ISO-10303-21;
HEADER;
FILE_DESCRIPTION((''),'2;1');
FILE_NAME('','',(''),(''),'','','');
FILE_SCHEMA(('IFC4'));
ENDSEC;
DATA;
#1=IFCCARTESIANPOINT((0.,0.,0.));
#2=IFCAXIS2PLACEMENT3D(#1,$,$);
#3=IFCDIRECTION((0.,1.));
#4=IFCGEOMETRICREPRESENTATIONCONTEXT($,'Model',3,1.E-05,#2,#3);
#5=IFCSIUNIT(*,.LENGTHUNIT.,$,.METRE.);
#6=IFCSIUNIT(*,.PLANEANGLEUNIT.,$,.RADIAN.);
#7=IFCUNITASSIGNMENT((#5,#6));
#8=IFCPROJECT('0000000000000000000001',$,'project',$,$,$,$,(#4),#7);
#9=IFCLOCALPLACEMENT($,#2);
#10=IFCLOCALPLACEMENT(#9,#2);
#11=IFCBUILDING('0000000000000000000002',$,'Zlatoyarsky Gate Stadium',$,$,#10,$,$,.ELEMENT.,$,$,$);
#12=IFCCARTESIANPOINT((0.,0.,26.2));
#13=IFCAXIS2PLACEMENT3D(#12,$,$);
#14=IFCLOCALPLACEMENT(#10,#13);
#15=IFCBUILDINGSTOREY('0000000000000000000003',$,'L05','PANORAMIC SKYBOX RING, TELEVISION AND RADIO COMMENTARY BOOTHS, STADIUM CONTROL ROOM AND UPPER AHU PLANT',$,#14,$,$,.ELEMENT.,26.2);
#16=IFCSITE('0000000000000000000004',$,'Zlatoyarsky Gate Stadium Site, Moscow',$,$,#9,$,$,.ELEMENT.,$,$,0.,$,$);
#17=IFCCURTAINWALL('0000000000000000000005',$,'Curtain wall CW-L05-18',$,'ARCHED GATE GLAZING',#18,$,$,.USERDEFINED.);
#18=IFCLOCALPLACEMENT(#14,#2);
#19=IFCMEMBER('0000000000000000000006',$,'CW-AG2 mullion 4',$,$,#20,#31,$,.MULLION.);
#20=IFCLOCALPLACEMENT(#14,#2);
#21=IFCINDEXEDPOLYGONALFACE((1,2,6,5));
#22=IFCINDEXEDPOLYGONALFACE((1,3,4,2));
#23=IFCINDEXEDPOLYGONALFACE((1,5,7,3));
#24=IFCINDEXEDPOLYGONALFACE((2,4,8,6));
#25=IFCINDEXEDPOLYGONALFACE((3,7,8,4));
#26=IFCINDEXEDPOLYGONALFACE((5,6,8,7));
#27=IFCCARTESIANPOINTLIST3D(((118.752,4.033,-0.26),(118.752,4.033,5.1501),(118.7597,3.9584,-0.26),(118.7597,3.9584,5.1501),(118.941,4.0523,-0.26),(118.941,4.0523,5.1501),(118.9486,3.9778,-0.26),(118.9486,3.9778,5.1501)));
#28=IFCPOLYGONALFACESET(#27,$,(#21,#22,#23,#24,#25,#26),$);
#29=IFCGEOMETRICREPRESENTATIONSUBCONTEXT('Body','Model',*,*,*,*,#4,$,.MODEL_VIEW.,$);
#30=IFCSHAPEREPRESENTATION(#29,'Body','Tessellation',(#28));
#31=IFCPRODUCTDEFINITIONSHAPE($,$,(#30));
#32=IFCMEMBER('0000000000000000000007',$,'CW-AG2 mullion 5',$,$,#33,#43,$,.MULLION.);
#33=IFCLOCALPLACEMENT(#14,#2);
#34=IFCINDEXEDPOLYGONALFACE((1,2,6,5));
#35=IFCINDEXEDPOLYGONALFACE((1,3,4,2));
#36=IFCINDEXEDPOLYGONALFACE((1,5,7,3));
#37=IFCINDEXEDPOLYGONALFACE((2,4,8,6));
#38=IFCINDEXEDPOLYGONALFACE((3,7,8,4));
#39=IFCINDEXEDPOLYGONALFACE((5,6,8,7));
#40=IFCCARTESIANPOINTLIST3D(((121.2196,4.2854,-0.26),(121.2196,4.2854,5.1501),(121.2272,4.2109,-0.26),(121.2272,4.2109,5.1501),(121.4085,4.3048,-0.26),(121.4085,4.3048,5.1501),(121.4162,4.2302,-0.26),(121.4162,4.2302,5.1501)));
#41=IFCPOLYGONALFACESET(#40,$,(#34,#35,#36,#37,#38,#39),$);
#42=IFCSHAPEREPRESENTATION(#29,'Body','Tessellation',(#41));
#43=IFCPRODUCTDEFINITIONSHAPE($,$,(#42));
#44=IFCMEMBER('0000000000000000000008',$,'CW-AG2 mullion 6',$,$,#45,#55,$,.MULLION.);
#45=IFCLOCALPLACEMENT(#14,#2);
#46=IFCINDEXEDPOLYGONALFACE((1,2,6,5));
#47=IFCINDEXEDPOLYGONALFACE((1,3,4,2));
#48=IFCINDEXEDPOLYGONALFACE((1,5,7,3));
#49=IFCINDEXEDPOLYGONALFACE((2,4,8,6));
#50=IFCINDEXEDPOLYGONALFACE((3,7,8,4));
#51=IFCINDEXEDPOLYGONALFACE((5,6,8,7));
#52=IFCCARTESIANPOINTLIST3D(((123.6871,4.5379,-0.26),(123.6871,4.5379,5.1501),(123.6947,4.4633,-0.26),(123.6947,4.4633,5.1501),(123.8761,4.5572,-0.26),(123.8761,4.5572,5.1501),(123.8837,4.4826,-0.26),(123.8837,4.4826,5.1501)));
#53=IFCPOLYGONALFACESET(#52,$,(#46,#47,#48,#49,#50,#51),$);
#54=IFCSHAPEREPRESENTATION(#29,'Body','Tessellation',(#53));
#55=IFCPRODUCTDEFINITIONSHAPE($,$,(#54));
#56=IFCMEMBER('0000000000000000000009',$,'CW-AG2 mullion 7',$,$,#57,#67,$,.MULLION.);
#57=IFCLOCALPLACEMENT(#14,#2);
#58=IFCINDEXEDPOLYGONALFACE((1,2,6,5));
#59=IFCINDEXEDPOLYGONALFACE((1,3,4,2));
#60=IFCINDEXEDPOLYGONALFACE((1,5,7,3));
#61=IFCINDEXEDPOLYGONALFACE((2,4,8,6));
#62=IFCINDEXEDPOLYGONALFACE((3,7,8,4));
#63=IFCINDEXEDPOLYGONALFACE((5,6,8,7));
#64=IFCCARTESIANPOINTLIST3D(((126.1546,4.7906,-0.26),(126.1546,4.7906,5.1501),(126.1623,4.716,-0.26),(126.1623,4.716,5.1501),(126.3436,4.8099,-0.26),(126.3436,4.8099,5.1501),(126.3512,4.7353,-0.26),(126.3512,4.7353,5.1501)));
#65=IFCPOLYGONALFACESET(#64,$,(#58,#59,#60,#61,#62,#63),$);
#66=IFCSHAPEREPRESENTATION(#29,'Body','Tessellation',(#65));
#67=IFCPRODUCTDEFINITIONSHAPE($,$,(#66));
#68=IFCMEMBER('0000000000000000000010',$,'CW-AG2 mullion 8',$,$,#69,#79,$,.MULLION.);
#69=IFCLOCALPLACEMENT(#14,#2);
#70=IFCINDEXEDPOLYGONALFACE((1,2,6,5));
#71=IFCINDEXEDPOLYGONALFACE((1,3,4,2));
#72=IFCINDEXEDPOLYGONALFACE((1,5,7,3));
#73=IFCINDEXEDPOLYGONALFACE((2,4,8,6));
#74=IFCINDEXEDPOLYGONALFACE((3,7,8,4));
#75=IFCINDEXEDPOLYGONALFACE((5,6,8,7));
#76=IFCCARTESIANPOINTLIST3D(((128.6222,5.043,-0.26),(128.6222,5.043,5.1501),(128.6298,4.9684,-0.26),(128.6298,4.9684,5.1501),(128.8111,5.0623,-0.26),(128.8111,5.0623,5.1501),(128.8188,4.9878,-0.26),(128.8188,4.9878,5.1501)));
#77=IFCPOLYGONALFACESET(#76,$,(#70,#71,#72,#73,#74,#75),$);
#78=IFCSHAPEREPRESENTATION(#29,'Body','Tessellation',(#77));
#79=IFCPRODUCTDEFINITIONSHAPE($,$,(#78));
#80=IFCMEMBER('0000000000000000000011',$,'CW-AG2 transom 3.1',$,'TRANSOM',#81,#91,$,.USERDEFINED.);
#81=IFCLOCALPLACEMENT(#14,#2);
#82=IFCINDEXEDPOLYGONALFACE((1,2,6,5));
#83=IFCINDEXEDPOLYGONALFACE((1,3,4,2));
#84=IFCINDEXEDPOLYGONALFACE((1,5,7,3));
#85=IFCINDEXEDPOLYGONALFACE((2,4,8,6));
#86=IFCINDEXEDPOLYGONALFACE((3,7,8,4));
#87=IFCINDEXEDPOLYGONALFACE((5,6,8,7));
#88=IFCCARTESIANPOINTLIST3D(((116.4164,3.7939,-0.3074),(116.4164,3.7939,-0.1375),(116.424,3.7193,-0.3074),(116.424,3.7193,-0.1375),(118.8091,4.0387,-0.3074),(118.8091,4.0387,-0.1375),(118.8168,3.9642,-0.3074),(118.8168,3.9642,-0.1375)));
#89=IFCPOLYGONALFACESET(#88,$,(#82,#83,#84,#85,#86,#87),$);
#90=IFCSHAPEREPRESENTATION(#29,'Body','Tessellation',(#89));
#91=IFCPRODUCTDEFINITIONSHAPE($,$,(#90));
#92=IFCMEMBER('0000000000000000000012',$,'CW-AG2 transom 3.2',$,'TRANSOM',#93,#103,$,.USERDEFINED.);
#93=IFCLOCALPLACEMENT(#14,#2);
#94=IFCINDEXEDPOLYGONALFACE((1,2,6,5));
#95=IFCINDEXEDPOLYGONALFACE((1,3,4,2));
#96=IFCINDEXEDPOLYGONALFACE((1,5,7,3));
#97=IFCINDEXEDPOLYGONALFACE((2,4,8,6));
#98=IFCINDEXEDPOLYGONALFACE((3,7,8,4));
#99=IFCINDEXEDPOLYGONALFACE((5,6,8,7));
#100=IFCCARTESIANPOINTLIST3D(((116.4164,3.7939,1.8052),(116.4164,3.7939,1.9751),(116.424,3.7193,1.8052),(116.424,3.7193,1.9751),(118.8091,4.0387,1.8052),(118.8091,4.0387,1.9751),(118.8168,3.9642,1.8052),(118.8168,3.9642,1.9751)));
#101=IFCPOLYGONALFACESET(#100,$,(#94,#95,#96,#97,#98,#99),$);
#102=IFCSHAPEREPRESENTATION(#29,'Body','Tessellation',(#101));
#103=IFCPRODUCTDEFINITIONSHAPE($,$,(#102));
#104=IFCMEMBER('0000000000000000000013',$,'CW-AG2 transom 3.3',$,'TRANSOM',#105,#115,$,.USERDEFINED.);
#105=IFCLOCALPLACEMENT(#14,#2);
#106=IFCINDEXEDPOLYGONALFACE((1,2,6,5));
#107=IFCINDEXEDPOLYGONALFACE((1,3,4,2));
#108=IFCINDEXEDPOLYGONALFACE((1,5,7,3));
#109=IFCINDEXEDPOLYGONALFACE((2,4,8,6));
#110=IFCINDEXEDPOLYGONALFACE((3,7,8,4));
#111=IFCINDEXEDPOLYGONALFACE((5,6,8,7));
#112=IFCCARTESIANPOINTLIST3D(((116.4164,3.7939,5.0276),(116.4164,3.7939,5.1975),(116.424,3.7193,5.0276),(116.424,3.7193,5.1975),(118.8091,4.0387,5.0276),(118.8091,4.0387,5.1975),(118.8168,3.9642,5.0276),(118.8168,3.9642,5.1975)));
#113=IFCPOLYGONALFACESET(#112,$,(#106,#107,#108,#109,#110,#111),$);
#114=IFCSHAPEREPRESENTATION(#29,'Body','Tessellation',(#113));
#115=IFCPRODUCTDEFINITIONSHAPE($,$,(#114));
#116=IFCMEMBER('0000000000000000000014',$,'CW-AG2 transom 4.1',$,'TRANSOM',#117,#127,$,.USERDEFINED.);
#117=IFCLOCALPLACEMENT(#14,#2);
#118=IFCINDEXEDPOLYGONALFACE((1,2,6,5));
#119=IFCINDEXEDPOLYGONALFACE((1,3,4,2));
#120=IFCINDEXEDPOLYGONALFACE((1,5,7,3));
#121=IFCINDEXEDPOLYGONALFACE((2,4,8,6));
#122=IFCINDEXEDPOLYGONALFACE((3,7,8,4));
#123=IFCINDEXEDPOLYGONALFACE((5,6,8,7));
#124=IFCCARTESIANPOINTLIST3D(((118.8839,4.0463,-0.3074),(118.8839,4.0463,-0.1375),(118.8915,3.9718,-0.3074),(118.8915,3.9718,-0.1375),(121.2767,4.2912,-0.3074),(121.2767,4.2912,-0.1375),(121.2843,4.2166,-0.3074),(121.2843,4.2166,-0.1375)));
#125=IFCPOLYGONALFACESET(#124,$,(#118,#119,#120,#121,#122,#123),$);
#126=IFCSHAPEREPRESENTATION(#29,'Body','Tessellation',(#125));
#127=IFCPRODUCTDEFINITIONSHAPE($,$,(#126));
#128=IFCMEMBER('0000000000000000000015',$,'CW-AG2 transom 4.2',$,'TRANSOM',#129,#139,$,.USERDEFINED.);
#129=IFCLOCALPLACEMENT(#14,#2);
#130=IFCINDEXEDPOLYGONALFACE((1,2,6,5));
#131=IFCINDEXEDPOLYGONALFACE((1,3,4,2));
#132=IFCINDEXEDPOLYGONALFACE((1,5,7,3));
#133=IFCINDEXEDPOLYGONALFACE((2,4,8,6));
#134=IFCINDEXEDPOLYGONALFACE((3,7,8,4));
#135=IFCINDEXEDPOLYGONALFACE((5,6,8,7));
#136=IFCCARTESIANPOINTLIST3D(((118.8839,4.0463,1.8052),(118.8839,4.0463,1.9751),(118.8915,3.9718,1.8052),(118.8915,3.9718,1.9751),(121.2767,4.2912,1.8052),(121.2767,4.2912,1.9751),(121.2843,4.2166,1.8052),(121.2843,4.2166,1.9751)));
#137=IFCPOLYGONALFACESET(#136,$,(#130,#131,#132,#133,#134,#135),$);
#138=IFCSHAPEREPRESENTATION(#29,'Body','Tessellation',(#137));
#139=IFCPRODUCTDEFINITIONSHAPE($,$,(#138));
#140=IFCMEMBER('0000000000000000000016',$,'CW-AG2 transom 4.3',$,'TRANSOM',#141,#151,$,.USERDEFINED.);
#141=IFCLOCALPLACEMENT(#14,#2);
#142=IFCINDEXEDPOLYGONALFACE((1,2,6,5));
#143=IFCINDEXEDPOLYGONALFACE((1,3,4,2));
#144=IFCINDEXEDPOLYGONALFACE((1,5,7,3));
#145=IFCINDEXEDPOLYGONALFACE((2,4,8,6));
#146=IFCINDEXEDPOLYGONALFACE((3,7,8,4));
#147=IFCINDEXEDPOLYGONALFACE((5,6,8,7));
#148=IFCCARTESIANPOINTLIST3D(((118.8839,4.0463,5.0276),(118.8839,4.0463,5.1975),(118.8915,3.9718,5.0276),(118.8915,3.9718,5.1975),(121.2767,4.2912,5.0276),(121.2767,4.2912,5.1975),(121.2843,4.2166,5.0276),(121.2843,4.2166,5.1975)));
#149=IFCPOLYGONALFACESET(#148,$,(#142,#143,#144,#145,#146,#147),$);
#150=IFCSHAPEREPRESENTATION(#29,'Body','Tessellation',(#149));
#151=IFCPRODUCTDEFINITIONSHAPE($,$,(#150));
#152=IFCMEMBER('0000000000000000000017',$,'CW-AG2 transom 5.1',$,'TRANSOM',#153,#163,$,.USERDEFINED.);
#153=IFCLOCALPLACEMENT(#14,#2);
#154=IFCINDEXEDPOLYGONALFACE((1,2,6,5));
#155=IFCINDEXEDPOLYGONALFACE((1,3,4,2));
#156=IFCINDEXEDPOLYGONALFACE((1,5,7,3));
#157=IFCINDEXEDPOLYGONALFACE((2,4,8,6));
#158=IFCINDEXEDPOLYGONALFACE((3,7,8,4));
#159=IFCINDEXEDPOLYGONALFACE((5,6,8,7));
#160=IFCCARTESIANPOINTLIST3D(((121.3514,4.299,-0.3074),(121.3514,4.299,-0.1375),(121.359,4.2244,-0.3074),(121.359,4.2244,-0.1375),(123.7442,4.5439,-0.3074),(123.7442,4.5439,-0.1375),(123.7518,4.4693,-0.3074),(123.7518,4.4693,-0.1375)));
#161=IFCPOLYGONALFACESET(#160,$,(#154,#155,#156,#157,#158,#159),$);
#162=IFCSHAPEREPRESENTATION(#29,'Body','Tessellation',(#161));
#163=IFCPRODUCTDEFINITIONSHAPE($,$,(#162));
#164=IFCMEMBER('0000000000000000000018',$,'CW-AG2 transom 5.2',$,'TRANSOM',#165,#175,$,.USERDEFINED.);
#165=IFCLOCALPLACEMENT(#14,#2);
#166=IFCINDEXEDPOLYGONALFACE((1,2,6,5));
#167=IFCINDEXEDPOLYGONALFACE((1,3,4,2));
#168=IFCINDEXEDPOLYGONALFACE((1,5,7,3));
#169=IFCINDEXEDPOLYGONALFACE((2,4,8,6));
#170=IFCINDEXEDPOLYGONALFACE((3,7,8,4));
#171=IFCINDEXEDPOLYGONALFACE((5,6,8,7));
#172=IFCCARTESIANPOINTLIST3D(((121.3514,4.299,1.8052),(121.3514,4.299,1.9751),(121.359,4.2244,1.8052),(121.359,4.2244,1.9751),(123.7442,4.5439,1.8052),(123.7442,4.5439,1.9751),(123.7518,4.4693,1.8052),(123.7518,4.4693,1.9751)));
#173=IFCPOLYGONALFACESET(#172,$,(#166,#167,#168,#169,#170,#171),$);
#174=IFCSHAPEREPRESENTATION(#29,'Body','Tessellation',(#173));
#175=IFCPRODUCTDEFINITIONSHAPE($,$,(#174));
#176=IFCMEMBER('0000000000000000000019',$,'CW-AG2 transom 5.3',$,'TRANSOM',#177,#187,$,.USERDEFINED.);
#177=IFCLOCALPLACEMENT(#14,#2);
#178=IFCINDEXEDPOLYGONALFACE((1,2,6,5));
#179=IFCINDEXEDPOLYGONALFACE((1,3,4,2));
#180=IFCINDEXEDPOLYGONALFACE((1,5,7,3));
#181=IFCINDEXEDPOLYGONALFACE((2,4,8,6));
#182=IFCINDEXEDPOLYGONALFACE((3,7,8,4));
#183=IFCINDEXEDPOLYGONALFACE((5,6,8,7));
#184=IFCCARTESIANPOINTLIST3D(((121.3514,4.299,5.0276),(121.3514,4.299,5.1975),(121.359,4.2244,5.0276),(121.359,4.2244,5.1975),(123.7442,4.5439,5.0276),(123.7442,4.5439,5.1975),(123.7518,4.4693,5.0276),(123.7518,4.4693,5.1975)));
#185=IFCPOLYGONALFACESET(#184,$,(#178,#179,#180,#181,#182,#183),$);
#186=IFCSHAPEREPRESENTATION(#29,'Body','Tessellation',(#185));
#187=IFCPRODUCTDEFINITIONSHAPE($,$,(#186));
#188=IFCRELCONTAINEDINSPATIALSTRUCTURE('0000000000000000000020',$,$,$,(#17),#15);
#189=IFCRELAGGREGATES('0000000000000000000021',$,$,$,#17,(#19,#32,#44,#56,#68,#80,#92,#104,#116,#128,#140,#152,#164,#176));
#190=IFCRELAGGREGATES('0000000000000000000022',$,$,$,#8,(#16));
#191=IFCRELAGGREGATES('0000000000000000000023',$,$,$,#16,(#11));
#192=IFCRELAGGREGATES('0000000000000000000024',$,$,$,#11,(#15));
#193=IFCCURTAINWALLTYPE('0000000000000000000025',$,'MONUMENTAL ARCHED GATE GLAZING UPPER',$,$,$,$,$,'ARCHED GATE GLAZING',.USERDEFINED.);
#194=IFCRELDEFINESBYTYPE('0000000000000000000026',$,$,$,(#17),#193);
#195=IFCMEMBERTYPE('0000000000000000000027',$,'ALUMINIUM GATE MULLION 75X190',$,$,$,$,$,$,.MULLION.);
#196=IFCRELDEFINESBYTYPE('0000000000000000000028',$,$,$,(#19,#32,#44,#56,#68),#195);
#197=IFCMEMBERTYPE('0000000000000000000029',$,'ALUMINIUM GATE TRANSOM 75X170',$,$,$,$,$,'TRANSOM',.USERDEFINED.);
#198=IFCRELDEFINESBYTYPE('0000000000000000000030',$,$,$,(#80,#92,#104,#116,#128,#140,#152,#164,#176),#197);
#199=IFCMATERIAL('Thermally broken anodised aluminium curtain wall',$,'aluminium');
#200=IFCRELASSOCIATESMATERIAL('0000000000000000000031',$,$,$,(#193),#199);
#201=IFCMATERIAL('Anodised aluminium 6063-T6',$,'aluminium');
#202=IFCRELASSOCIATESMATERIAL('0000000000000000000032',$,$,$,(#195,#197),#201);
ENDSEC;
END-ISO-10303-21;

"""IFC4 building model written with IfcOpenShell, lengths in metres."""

from ifc_helpers import new_model, si_unit, direction, frame, origin, origin_2d, place, context, subcontext, project, spatial, rectangle, extrude, material, material_profile, profile_set, type_object, element, aggregate, save


model = new_model("IFC4")

# Units and contexts
model_context = context("Model", 3, precision=1e-05, world=origin(), true_north=direction((0.0, 1.0)))
body_context = subcontext(model_context, "Body", "Model", "MODEL_VIEW")
ifc_project = project(units=[si_unit("LENGTHUNIT", "METRE"), si_unit("PLANEANGLEUNIT", "RADIAN")], contexts=[model_context])

# Site, building, storey
site_placement = place(None, origin())
site = spatial("IfcSite", under=ifc_project, at=site_placement, Name="Zlatoyarsky Gate Stadium Site, Moscow", CompositionType="ELEMENT", RefElevation=0.0)
building_placement = place(site_placement, origin())
building = spatial("IfcBuilding", under=site, at=building_placement, Name="Zlatoyarsky Gate Stadium", CompositionType="ELEMENT")
storey_placement = place(building_placement, frame((0.0, 0.0, 26.2)))
storey = spatial("IfcBuildingStorey", under=building, at=storey_placement, Name="L05", Description="PANORAMIC SKYBOX RING, TELEVISION AND RADIO COMMENTARY BOOTHS, STADIUM CONTROL ROOM AND UPPER AHU PLANT", CompositionType="ELEMENT", Elevation=26.2)

# Curtain wall, members
ifc_material_1 = material(Name="Thermally broken anodised aluminium curtain wall", Category="aluminium")
curtain_wall_type = type_object("IfcCurtainWallType", Name="MONUMENTAL ARCHED GATE GLAZING UPPER", ElementType="ARCHED GATE GLAZING", PredefinedType="USERDEFINED", material=ifc_material_1)
curtain_wall_placement = place(storey_placement, origin())
curtain_wall = element("IfcCurtainWall", 1, at=curtain_wall_placement, inside=storey, type_object=curtain_wall_type, Name="Curtain wall CW-L05-18", ObjectType="ARCHED GATE GLAZING", PredefinedType="USERDEFINED")
ifc_material_2 = material(Name="Anodised aluminium 6063-T6", Category="aluminium")
ifc_material_profile_1 = material_profile(ifc_material_2, rectangle(XDim=0.075, YDim=0.1899, at=origin_2d()), Name="ALU 75X190")
ifc_profile_set_1 = profile_set([ifc_material_profile_1], Name="Anodised aluminium 6063-T6")
member_type_1 = type_object("IfcMemberType", Name="ALUMINIUM GATE MULLION 75X190", PredefinedType="MULLION", material=ifc_profile_set_1)
member_1_placement = place(storey_placement, frame((118.8503, 4.0054, -0.26), z_axis=(0.0, 0.0, 1.0), x_axis=(-0.101805, 0.994804, 0.0)))
member_1 = element("IfcMember", 2, at=member_1_placement, type_object=member_type_1, Name="CW-AG2 mullion 4", PredefinedType="MULLION", context=body_context, shape_type="SweptSolid", body=[
    extrude(rectangle(XDim=0.075, YDim=0.1899, at=origin_2d()), origin(), (0.0, 0.0, 1.0), 5.4102),
])
member_2_placement = place(storey_placement, frame((121.3179, 4.2578, -0.26), z_axis=(0.0, 0.0, 1.0), x_axis=(-0.101805, 0.994804, 0.0)))
member_2 = element("IfcMember", 3, at=member_2_placement, type_object=member_type_1, Name="CW-AG2 mullion 5", PredefinedType="MULLION", context=body_context, shape_type="SweptSolid", body=[
    extrude(rectangle(XDim=0.075, YDim=0.1899, at=origin_2d()), origin(), (0.0, 0.0, 1.0), 5.4102),
])
member_3_placement = place(storey_placement, frame((123.7854, 4.5103, -0.26), z_axis=(0.0, 0.0, 1.0), x_axis=(-0.101805, 0.994804, 0.0)))
member_3 = element("IfcMember", 4, at=member_3_placement, type_object=member_type_1, Name="CW-AG2 mullion 6", PredefinedType="MULLION", context=body_context, shape_type="SweptSolid", body=[
    extrude(rectangle(XDim=0.075, YDim=0.1899, at=origin_2d()), origin(), (0.0, 0.0, 1.0), 5.4102),
])
member_4_placement = place(storey_placement, frame((126.2529, 4.7629, -0.26), z_axis=(0.0, 0.0, 1.0), x_axis=(-0.101805, 0.994804, 0.0)))
member_4 = element("IfcMember", 5, at=member_4_placement, type_object=member_type_1, Name="CW-AG2 mullion 7", PredefinedType="MULLION", context=body_context, shape_type="SweptSolid", body=[
    extrude(rectangle(XDim=0.075, YDim=0.1899, at=origin_2d()), origin(), (0.0, 0.0, 1.0), 5.4102),
])
member_5_placement = place(storey_placement, frame((128.7205, 5.0154, -0.26), z_axis=(0.0, 0.0, 1.0), x_axis=(-0.101805, 0.994804, 0.0)))
member_5 = element("IfcMember", 6, at=member_5_placement, type_object=member_type_1, Name="CW-AG2 mullion 8", PredefinedType="MULLION", context=body_context, shape_type="SweptSolid", body=[
    extrude(rectangle(XDim=0.075, YDim=0.1899, at=origin_2d()), origin(), (0.0, 0.0, 1.0), 5.4102),
])
ifc_material_profile_2 = material_profile(ifc_material_2, rectangle(XDim=0.075, YDim=0.1699, at=origin_2d()), Name="ALU 75X170")
ifc_profile_set_2 = profile_set([ifc_material_profile_2], Name="Anodised aluminium 6063-T6")
member_type_2 = type_object("IfcMemberType", Name="ALUMINIUM GATE TRANSOM 75X170", ElementType="TRANSOM", PredefinedType="USERDEFINED", material=ifc_profile_set_2)
member_6_placement = place(storey_placement, frame((116.4202, 3.7566, -0.2224), z_axis=(0.994804, 0.101805, 0.0), x_axis=(-0.101805, 0.994804, 0.0)))
member_6 = element("IfcMember", 7, at=member_6_placement, type_object=member_type_2, Name="CW-AG2 transom 3.1", ObjectType="TRANSOM", PredefinedType="USERDEFINED", context=body_context, shape_type="SweptSolid", body=[
    extrude(rectangle(XDim=0.075, YDim=0.1699, at=origin_2d()), origin(), (0.0, 0.0, 1.0), 2.4053),
])
member_7_placement = place(storey_placement, frame((116.4202, 3.7566, 1.8901), z_axis=(0.994804, 0.101805, 0.0), x_axis=(-0.101805, 0.994804, 0.0)))
member_7 = element("IfcMember", 8, at=member_7_placement, type_object=member_type_2, Name="CW-AG2 transom 3.2", ObjectType="TRANSOM", PredefinedType="USERDEFINED", context=body_context, shape_type="SweptSolid", body=[
    extrude(rectangle(XDim=0.075, YDim=0.1699, at=origin_2d()), origin(), (0.0, 0.0, 1.0), 2.4053),
])
member_8_placement = place(storey_placement, frame((116.4202, 3.7566, 5.1125), z_axis=(0.994804, 0.101805, 0.0), x_axis=(-0.101805, 0.994804, 0.0)))
member_8 = element("IfcMember", 9, at=member_8_placement, type_object=member_type_2, Name="CW-AG2 transom 3.3", ObjectType="TRANSOM", PredefinedType="USERDEFINED", context=body_context, shape_type="SweptSolid", body=[
    extrude(rectangle(XDim=0.075, YDim=0.1699, at=origin_2d()), origin(), (0.0, 0.0, 1.0), 2.4053),
])
member_9_placement = place(storey_placement, frame((118.8877, 4.009, -0.2224), z_axis=(0.994804, 0.101805, 0.0), x_axis=(-0.101805, 0.994804, 0.0)))
member_9 = element("IfcMember", 10, at=member_9_placement, type_object=member_type_2, Name="CW-AG2 transom 4.1", ObjectType="TRANSOM", PredefinedType="USERDEFINED", context=body_context, shape_type="SweptSolid", body=[
    extrude(rectangle(XDim=0.075, YDim=0.1699, at=origin_2d()), origin(), (0.0, 0.0, 1.0), 2.4053),
])
member_10_placement = place(storey_placement, frame((118.8877, 4.009, 1.8901), z_axis=(0.994804, 0.101805, 0.0), x_axis=(-0.101805, 0.994804, 0.0)))
member_10 = element("IfcMember", 11, at=member_10_placement, type_object=member_type_2, Name="CW-AG2 transom 4.2", ObjectType="TRANSOM", PredefinedType="USERDEFINED", context=body_context, shape_type="SweptSolid", body=[
    extrude(rectangle(XDim=0.075, YDim=0.1699, at=origin_2d()), origin(), (0.0, 0.0, 1.0), 2.4053),
])
member_11_placement = place(storey_placement, frame((118.8877, 4.009, 5.1125), z_axis=(0.994804, 0.101805, 0.0), x_axis=(-0.101805, 0.994804, 0.0)))
member_11 = element("IfcMember", 12, at=member_11_placement, type_object=member_type_2, Name="CW-AG2 transom 4.3", ObjectType="TRANSOM", PredefinedType="USERDEFINED", context=body_context, shape_type="SweptSolid", body=[
    extrude(rectangle(XDim=0.075, YDim=0.1699, at=origin_2d()), origin(), (0.0, 0.0, 1.0), 2.4053),
])
member_12_placement = place(storey_placement, frame((121.3552, 4.2617, -0.2224), z_axis=(0.994804, 0.101805, 0.0), x_axis=(-0.101805, 0.994804, 0.0)))
member_12 = element("IfcMember", 13, at=member_12_placement, type_object=member_type_2, Name="CW-AG2 transom 5.1", ObjectType="TRANSOM", PredefinedType="USERDEFINED", context=body_context, shape_type="SweptSolid", body=[
    extrude(rectangle(XDim=0.075, YDim=0.1699, at=origin_2d()), origin(), (0.0, 0.0, 1.0), 2.4053),
])
member_13_placement = place(storey_placement, frame((121.3552, 4.2617, 1.8901), z_axis=(0.994804, 0.101805, 0.0), x_axis=(-0.101805, 0.994804, 0.0)))
member_13 = element("IfcMember", 14, at=member_13_placement, type_object=member_type_2, Name="CW-AG2 transom 5.2", ObjectType="TRANSOM", PredefinedType="USERDEFINED", context=body_context, shape_type="SweptSolid", body=[
    extrude(rectangle(XDim=0.075, YDim=0.1699, at=origin_2d()), origin(), (0.0, 0.0, 1.0), 2.4053),
])
member_14_placement = place(storey_placement, frame((121.3552, 4.2617, 5.1125), z_axis=(0.994804, 0.101805, 0.0), x_axis=(-0.101805, 0.994804, 0.0)))
member_14 = element("IfcMember", 15, at=member_14_placement, type_object=member_type_2, Name="CW-AG2 transom 5.3", ObjectType="TRANSOM", PredefinedType="USERDEFINED", context=body_context, shape_type="SweptSolid", body=[
    extrude(rectangle(XDim=0.075, YDim=0.1699, at=origin_2d()), origin(), (0.0, 0.0, 1.0), 2.4053),
])
aggregate(curtain_wall, [member_1, member_2, member_3, member_4, member_5, member_6, member_7, member_8, member_9, member_10, member_11, member_12, member_13, member_14])

save(model, "model.ifc")
